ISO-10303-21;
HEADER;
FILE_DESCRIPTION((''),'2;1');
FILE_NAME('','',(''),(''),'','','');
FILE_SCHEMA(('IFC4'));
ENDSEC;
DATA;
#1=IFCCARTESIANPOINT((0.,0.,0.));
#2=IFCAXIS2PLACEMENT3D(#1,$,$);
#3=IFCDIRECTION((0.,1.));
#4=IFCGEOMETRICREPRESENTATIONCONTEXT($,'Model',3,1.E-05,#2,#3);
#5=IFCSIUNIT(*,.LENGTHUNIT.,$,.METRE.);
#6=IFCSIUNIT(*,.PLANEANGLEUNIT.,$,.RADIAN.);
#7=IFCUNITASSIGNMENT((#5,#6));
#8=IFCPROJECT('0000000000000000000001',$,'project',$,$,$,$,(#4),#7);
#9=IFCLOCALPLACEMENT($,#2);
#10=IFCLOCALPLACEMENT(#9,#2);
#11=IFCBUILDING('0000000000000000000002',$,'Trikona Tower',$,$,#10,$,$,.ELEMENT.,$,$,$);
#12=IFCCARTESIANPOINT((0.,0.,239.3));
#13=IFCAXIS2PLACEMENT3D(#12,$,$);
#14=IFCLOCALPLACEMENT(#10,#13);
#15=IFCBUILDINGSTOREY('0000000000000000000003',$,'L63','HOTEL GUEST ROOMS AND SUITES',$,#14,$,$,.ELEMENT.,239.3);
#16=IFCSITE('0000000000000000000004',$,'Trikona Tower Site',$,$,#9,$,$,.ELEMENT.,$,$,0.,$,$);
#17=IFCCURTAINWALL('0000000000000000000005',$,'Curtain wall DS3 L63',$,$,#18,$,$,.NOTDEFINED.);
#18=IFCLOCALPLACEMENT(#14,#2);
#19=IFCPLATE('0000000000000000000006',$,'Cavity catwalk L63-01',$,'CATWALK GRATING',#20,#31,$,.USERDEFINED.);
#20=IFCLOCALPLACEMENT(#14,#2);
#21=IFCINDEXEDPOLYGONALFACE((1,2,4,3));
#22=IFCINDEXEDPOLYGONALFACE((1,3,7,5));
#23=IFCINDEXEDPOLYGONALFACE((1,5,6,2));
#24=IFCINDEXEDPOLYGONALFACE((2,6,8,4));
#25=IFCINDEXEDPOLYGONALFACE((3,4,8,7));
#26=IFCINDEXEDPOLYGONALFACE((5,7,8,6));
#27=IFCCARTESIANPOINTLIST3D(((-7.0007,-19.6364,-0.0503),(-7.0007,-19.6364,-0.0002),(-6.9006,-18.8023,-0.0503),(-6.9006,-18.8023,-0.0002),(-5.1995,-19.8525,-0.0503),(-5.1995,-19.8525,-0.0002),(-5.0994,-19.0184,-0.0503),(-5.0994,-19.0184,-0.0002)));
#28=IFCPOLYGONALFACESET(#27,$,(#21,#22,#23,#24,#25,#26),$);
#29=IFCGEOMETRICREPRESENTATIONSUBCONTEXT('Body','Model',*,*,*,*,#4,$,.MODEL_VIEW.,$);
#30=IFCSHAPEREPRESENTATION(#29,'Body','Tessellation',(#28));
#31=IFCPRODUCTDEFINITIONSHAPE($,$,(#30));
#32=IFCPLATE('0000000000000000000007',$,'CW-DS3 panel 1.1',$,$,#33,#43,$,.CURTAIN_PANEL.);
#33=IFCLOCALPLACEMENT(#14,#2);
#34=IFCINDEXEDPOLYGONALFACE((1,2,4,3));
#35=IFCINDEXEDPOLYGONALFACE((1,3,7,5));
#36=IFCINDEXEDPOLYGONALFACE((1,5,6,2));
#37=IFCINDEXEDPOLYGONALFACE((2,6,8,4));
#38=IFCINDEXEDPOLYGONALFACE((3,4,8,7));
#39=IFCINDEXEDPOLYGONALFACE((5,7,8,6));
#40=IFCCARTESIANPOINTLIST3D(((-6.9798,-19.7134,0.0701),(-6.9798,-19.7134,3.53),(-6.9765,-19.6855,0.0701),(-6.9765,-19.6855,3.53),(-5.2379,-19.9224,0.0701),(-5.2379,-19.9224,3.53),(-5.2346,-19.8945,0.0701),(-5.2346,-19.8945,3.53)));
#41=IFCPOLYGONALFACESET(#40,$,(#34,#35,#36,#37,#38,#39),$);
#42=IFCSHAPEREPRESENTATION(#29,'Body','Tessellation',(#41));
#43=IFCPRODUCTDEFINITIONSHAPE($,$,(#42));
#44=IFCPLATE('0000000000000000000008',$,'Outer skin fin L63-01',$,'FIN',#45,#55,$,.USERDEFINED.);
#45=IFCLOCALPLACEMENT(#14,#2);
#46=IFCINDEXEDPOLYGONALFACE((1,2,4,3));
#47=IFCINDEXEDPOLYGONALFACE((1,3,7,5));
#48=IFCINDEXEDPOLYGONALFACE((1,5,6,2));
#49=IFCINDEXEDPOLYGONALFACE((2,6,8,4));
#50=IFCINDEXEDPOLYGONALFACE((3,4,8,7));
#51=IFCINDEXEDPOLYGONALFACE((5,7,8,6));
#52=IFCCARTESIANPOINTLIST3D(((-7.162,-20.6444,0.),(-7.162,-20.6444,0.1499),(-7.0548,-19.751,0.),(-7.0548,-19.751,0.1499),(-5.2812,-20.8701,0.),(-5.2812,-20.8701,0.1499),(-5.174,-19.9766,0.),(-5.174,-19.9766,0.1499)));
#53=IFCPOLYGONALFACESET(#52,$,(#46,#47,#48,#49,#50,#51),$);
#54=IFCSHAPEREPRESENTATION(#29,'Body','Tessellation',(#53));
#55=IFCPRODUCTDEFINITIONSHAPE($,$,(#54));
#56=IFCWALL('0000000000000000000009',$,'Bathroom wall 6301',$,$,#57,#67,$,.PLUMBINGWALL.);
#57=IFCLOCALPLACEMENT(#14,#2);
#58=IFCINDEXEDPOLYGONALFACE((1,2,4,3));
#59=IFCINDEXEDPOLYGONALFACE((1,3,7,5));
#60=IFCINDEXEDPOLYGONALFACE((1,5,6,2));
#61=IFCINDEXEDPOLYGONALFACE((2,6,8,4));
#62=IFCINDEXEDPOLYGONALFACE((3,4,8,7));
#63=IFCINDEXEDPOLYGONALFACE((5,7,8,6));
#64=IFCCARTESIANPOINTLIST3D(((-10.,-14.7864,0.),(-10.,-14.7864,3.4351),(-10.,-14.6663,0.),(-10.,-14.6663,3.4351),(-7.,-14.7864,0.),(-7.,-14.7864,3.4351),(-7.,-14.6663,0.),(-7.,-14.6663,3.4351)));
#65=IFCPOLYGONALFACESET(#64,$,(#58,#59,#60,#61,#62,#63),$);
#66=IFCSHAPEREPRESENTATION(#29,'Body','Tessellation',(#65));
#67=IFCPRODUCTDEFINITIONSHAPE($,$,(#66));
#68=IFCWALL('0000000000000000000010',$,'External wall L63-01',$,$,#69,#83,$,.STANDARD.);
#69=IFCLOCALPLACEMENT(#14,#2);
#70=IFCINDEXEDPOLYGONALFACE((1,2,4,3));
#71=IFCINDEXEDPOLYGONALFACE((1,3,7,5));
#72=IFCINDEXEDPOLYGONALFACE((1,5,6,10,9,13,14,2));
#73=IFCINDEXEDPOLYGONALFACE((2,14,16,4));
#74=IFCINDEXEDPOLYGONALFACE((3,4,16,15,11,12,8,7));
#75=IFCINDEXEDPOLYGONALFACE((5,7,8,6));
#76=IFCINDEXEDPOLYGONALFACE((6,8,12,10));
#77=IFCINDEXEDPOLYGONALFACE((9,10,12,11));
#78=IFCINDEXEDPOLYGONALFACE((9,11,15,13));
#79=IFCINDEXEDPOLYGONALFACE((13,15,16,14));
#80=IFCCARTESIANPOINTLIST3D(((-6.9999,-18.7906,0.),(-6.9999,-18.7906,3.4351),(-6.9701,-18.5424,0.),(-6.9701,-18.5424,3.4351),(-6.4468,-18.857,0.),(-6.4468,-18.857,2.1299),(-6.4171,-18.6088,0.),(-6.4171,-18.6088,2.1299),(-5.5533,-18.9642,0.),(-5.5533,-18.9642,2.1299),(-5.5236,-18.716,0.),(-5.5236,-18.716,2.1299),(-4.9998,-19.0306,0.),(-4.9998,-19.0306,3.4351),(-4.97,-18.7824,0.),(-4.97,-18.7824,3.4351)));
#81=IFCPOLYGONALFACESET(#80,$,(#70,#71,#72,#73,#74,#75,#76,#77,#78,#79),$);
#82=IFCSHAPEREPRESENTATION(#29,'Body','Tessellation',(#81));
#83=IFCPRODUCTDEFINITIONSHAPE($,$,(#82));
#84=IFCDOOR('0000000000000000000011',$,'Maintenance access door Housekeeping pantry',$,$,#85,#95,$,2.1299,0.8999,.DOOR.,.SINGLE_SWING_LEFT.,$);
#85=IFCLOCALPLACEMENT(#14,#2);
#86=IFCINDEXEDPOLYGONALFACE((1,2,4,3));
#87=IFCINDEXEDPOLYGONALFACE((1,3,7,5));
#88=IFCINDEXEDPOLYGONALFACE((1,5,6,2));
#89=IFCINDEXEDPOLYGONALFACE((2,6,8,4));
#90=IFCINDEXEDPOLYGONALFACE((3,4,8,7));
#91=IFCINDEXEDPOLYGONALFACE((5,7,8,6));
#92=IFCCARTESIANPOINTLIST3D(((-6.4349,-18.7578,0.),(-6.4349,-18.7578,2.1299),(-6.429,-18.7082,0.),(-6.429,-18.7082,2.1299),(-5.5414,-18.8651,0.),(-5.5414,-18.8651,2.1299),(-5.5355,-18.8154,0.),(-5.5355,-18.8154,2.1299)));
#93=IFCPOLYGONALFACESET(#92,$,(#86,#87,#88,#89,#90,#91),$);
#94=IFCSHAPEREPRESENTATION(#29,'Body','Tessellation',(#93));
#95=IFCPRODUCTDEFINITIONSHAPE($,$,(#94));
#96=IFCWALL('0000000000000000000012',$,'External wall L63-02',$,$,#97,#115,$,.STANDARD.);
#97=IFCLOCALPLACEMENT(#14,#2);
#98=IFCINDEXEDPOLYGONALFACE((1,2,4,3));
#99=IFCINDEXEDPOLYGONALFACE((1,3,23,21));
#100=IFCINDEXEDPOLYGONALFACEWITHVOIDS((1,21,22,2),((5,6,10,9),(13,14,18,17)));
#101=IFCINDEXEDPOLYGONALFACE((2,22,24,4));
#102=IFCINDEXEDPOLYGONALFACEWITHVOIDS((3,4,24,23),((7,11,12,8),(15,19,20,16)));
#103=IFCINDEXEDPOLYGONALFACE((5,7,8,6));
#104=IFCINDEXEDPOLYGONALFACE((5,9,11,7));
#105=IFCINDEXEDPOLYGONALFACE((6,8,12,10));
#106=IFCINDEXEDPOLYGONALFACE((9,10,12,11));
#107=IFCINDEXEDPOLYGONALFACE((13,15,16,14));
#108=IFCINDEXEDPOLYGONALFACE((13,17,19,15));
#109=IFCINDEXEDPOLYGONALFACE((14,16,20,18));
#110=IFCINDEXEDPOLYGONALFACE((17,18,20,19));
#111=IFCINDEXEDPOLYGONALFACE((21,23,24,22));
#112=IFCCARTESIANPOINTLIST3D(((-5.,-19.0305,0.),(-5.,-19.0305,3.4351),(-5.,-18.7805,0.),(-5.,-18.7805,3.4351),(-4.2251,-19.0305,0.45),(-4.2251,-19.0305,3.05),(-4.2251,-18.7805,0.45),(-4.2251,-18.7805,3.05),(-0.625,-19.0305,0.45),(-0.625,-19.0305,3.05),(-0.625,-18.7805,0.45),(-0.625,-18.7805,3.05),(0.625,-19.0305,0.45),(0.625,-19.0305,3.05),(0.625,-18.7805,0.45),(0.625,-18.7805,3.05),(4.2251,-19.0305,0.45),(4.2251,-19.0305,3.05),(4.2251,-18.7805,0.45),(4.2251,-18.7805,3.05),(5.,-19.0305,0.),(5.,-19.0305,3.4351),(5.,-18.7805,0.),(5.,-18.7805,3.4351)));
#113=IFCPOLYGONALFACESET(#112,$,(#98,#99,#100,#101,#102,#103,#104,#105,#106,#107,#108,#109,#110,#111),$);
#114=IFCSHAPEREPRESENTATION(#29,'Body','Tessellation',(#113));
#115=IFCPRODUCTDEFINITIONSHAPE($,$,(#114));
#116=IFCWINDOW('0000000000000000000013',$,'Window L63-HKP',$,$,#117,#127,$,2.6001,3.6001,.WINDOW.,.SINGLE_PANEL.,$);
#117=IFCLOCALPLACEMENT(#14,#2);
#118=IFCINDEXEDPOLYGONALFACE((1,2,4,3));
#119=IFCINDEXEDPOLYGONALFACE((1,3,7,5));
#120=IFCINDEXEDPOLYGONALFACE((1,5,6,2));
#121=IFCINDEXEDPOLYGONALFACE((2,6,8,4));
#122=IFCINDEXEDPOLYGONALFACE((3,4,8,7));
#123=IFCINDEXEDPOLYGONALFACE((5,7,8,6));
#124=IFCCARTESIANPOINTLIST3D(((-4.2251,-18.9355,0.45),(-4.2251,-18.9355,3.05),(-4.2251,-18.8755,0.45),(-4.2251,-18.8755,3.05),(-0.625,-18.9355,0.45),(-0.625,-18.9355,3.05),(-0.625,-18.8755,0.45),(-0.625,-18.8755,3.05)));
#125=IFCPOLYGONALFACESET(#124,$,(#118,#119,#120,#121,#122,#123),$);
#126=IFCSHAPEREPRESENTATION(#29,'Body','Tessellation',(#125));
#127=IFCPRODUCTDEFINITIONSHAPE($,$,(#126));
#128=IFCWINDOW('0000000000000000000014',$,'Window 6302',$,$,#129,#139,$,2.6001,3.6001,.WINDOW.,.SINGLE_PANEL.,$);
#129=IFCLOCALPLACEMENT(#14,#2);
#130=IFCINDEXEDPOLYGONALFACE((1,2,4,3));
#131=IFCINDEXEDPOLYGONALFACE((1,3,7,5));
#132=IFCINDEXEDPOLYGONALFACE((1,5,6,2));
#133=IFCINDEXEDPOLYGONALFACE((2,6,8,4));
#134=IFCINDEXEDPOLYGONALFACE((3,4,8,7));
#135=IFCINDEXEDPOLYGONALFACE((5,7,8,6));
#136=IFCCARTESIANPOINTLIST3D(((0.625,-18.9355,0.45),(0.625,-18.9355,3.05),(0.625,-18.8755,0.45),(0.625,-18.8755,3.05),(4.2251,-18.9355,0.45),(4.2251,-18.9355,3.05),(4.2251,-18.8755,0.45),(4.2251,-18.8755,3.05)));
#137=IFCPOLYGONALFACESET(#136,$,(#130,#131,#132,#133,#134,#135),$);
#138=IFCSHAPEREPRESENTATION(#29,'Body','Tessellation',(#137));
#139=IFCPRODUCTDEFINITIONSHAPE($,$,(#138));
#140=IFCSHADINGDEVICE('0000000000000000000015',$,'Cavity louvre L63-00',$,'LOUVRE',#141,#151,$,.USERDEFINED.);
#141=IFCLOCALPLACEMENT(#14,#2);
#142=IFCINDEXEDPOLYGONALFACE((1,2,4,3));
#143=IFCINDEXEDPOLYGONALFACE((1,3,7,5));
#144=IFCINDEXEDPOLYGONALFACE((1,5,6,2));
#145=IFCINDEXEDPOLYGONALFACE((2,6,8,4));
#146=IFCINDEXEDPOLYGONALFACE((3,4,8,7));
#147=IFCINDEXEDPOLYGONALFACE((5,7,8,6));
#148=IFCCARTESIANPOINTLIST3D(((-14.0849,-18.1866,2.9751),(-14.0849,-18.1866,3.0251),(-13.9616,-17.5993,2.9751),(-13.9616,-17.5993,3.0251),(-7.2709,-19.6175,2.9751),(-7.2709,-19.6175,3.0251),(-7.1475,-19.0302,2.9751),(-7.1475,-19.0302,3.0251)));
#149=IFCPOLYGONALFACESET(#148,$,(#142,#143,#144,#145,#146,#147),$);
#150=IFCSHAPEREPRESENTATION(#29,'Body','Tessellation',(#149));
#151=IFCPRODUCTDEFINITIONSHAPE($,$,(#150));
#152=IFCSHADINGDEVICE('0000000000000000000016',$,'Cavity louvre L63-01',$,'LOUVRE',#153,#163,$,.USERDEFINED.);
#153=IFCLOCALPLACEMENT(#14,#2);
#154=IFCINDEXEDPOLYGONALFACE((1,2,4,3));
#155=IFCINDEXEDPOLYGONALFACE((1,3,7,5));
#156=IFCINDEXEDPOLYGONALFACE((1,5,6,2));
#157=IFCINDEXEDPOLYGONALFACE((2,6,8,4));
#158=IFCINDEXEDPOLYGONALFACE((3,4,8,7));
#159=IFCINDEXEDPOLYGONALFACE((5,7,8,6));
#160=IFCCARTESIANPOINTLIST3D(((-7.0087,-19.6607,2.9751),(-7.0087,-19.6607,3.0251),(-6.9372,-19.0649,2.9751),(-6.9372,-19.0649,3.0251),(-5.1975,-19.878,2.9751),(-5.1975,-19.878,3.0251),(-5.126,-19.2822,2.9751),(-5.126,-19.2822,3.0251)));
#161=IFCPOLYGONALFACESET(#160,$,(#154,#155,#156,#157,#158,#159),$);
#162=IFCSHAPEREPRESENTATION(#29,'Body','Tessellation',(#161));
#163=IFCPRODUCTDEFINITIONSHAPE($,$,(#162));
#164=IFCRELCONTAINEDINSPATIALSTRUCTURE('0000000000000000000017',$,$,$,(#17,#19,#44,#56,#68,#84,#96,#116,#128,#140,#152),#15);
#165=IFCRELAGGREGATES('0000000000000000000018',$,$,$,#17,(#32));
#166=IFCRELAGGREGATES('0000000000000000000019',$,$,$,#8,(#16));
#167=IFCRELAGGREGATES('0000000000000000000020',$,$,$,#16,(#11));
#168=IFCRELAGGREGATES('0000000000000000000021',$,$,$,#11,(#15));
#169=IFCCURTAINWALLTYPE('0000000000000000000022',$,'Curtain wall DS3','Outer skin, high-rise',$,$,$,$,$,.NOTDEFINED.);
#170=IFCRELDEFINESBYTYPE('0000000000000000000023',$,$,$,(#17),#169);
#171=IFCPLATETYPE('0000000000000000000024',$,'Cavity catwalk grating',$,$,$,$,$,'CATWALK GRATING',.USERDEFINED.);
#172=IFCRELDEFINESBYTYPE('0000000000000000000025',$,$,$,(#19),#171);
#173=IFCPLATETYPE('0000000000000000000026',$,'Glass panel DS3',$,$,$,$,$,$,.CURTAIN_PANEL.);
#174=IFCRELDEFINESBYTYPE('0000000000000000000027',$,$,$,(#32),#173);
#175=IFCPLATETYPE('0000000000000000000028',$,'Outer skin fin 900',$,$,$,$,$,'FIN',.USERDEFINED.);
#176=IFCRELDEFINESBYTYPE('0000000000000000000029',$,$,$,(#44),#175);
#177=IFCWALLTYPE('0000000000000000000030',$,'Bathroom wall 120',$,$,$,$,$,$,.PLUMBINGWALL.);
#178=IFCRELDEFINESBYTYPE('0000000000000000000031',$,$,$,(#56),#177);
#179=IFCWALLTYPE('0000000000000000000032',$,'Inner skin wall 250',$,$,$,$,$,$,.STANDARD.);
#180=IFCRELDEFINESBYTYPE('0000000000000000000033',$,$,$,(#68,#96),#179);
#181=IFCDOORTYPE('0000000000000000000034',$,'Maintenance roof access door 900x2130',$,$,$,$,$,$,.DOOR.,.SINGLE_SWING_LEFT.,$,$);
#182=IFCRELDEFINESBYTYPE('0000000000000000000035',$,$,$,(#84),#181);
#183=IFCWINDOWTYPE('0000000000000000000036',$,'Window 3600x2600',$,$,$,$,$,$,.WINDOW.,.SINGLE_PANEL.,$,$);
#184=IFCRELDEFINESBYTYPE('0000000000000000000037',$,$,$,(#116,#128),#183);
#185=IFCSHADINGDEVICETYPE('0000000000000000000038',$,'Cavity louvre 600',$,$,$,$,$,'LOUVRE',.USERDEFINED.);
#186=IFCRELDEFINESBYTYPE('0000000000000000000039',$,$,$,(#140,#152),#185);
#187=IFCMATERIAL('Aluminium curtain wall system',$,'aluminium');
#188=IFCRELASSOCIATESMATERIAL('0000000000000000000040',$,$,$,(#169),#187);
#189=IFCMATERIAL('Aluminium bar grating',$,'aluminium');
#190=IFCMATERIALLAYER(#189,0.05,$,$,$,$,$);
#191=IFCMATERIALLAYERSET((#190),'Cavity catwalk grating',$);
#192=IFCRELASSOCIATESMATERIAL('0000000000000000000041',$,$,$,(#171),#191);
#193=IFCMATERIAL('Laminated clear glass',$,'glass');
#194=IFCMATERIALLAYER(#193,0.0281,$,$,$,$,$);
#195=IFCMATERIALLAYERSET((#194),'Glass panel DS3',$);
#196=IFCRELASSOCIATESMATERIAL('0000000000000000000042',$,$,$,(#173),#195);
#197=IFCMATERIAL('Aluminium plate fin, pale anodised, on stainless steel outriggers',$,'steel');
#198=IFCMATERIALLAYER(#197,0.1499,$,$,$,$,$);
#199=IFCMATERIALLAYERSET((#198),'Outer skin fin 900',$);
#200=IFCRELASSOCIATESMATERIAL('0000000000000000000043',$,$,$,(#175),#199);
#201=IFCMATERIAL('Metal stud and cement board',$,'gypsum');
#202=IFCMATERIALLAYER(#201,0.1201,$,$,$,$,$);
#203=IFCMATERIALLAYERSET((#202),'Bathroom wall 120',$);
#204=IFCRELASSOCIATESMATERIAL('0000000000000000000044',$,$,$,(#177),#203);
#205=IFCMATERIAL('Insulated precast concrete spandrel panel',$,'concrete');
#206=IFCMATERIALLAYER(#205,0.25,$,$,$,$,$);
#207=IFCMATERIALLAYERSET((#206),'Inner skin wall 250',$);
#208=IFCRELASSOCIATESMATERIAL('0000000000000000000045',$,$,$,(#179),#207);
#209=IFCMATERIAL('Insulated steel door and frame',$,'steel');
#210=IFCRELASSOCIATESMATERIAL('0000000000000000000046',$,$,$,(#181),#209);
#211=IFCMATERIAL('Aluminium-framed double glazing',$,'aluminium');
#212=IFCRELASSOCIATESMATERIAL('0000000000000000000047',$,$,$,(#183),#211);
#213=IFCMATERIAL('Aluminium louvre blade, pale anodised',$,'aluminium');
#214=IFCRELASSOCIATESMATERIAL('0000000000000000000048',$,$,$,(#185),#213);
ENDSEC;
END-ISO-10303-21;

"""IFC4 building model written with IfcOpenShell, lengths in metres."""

from ifc_helpers import new_model, si_unit, direction, frame, frame_2d, origin, origin_2d, place, context, subcontext, project, spatial, rectangle, extrude, material, layer, layer_set, type_object, element, fill, aggregate, save


model = new_model("IFC4")

# Units and contexts
model_context = context("Model", 3, precision=1e-05, world=origin(), true_north=direction((0.0, 1.0)))
body_context = subcontext(model_context, "Body", "Model", "MODEL_VIEW")
ifc_project = project(units=[si_unit("LENGTHUNIT", "METRE"), si_unit("PLANEANGLEUNIT", "RADIAN")], contexts=[model_context])

# Site, building, storey
site_placement = place(None, origin())
site = spatial("IfcSite", under=ifc_project, at=site_placement, Name="Trikona Tower Site", CompositionType="ELEMENT", RefElevation=0.0)
building_placement = place(site_placement, origin())
building = spatial("IfcBuilding", under=site, at=building_placement, Name="Trikona Tower", CompositionType="ELEMENT")
storey_placement = place(building_placement, frame((0.0, 0.0, 239.3)))
storey = spatial("IfcBuildingStorey", under=building, at=storey_placement, Name="L63", Description="HOTEL GUEST ROOMS AND SUITES", CompositionType="ELEMENT", Elevation=239.3)

# Shared definitions
ifc_material_1 = material(Name="Aluminium curtain wall system", Category="aluminium")
curtain_wall_type = type_object("IfcCurtainWallType", Name="Curtain wall DS3", Description="Outer skin, high-rise", PredefinedType="NOTDEFINED", material=ifc_material_1)

# Curtain wall
curtain_wall_1_placement = place(storey_placement, origin())
curtain_wall_1 = element("IfcCurtainWall", 1, at=curtain_wall_1_placement, inside=storey, type_object=curtain_wall_type, Name="Curtain wall DS3 L63", PredefinedType="NOTDEFINED")

# Plate
ifc_material_2 = material(Name="Aluminium bar grating", Category="aluminium")
ifc_layer_1 = layer(ifc_material_2, 0.05)
ifc_layer_set_1 = layer_set([ifc_layer_1], Name="Cavity catwalk grating")
plate_type_1 = type_object("IfcPlateType", Name="Cavity catwalk grating", ElementType="CATWALK GRATING", PredefinedType="USERDEFINED", material=ifc_layer_set_1)
plate_1_placement = place(storey_placement, frame((-6.05, -19.3274, -0.0503), z_axis=(0.0, 0.0, 1.0), x_axis=(0.992877, -0.119146, 0.0)))
element("IfcPlate", 2, at=plate_1_placement, inside=storey, type_object=plate_type_1, Name="Cavity catwalk L63-01", ObjectType="CATWALK GRATING", PredefinedType="USERDEFINED", context=body_context, shape_type="SweptSolid", body=[
    extrude(rectangle(XDim=1.8142, YDim=0.8401, at=origin_2d()), origin(), (0.0, 0.0, 1.0), 0.05),
])

# Plates
ifc_material_3 = material(Name="Laminated clear glass", Category="glass")
ifc_layer_2 = layer(ifc_material_3, 0.0281)
ifc_layer_set_2 = layer_set([ifc_layer_2], Name="Glass panel DS3")
plate_type_2 = type_object("IfcPlateType", Name="Glass panel DS3", PredefinedType="CURTAIN_PANEL", material=ifc_layer_set_2)
plate_2_placement = place(storey_placement, frame((-6.1072, -19.804, 0.0701), z_axis=(0.0, 0.0, 1.0), x_axis=(0.992877, -0.119141, 0.0)))
plate_2 = element("IfcPlate", 3, at=plate_2_placement, type_object=plate_type_2, Name="CW-DS3 panel 1.1", PredefinedType="CURTAIN_PANEL", context=body_context, shape_type="SweptSolid", body=[
    extrude(rectangle(XDim=1.7544, YDim=0.0281, at=origin_2d()), origin(), (0.0, 0.0, 1.0), 3.46),
])
aggregate(curtain_wall_1, [plate_2])
ifc_material_4 = material(Name="Aluminium plate fin, pale anodised, on stainless steel outriggers", Category="steel")
ifc_layer_3 = layer(ifc_material_4, 0.1499)
ifc_layer_set_3 = layer_set([ifc_layer_3], Name="Outer skin fin 900")
plate_type_3 = type_object("IfcPlateType", Name="Outer skin fin 900", ElementType="FIN", PredefinedType="USERDEFINED", material=ifc_layer_set_3)
plate_3_placement = place(storey_placement, frame((-6.168, -20.3105, 0.0), z_axis=(0.0, 0.0, 1.0), x_axis=(0.992877, -0.119146, 0.0)))
element("IfcPlate", 4, at=plate_3_placement, inside=storey, type_object=plate_type_3, Name="Outer skin fin L63-01", ObjectType="FIN", PredefinedType="USERDEFINED", context=body_context, shape_type="SweptSolid", body=[
    extrude(rectangle(XDim=1.8943, YDim=0.8999, at=origin_2d()), origin(), (0.0, 0.0, 1.0), 0.1499),
])

# Wall
ifc_material_5 = material(Name="Metal stud and cement board", Category="gypsum")
ifc_layer_4 = layer(ifc_material_5, 0.1201)
ifc_layer_set_4 = layer_set([ifc_layer_4], Name="Bathroom wall 120")
wall_type_1 = type_object("IfcWallType", Name="Bathroom wall 120", PredefinedType="PLUMBINGWALL", material=ifc_layer_set_4)
wall_1_placement = place(storey_placement, frame((-10.0, -14.7263, 0.0), z_axis=(0.0, 0.0, 1.0), x_axis=(1.0, 0.0, 0.0)))
element("IfcWall", 5, at=wall_1_placement, inside=storey, type_object=wall_type_1, Name="Bathroom wall 6301", PredefinedType="PLUMBINGWALL", context=body_context, shape_type="SweptSolid", body=[
    extrude(rectangle(XDim=3.0, YDim=0.1201, at=frame_2d((1.5, 0.0))), origin(), (0.0, 0.0, 1.0), 3.4351),
])

# Wall, opening, door
ifc_material_6 = material(Name="Insulated precast concrete spandrel panel", Category="concrete")
ifc_layer_5 = layer(ifc_material_6, 0.25)
ifc_layer_set_5 = layer_set([ifc_layer_5], Name="Inner skin wall 250")
wall_type_2 = type_object("IfcWallType", Name="Inner skin wall 250", PredefinedType="STANDARD", material=ifc_layer_set_5)
wall_2_placement = place(storey_placement, frame((-6.9851, -18.6665, 0.0), z_axis=(0.0, 0.0, 1.0), x_axis=(0.992877, -0.11914, 0.0)))
wall_2 = element("IfcWall", 6, at=wall_2_placement, inside=storey, type_object=wall_type_2, Name="External wall L63-01", PredefinedType="STANDARD", context=body_context, shape_type="SweptSolid", body=[
    extrude(rectangle(XDim=2.0144, YDim=0.25, at=frame_2d((1.0073, 0.0))), origin(), (0.0, 0.0, 1.0), 3.4351),
])
opening_1_placement = place(wall_2_placement, frame((0.5571, 0.0, 0.0)))
opening_1 = element("IfcOpeningElement", 7, at=opening_1_placement, cuts=wall_2, PredefinedType="OPENING", context=body_context, shape_type="SweptSolid", body=[
    extrude(rectangle(XDim=0.8999, YDim=2.1299, at=frame_2d((0.45, 1.0649))), frame((0.0, 0.135, 0.0), z_axis=(0.0, -1.0, 0.0), x_axis=(1.0, 0.0, 0.0)), (0.0, 0.0, 1.0), 0.27),
])
ifc_material_7 = material(Name="Insulated steel door and frame", Category="steel")
door_type = type_object("IfcDoorType", Name="Maintenance roof access door 900x2130", OperationType="SINGLE_SWING_LEFT", PredefinedType="DOOR", material=ifc_material_7)
door_placement = place(opening_1_placement, origin())
door = element("IfcDoor", 8, at=door_placement, inside=storey, type_object=door_type, Name="Maintenance access door Housekeeping pantry", OperationType="SINGLE_SWING_LEFT", OverallHeight=2.1299, OverallWidth=0.8999, PredefinedType="DOOR", context=body_context, shape_type="SweptSolid", body=[
    extrude(rectangle(XDim=0.8999, YDim=2.1299, at=frame_2d((0.45, 1.0649))), frame((0.0, 0.0249, 0.0), z_axis=(0.0, -1.0, 0.0), x_axis=(1.0, 0.0, 0.0)), (0.0, 0.0, 1.0), 0.05),
])
fill(opening_1, door)

# Wall, openings, windows
wall_3_placement = place(storey_placement, frame((-5.0, -18.9055, 0.0), z_axis=(0.0, 0.0, 1.0), x_axis=(1.0, 0.0, 0.0)))
wall_3 = element("IfcWall", 9, at=wall_3_placement, inside=storey, type_object=wall_type_2, Name="External wall L63-02", PredefinedType="STANDARD", context=body_context, shape_type="SweptSolid", body=[
    extrude(rectangle(XDim=10.0, YDim=0.25, at=frame_2d((5.0, 0.0))), origin(), (0.0, 0.0, 1.0), 3.4351),
])
opening_2_placement = place(wall_3_placement, frame((0.7749, 0.0, 0.45)))
opening_2 = element("IfcOpeningElement", 10, at=opening_2_placement, cuts=wall_3, PredefinedType="OPENING", context=body_context, shape_type="SweptSolid", body=[
    extrude(rectangle(XDim=3.6001, YDim=2.6001, at=frame_2d((1.8, 1.3))), frame((0.0, 0.135, 0.0), z_axis=(0.0, -1.0, 0.0), x_axis=(1.0, 0.0, 0.0)), (0.0, 0.0, 1.0), 0.27),
])
opening_3_placement = place(wall_3_placement, frame((5.625, 0.0, 0.45)))
opening_3 = element("IfcOpeningElement", 11, at=opening_3_placement, cuts=wall_3, PredefinedType="OPENING", context=body_context, shape_type="SweptSolid", body=[
    extrude(rectangle(XDim=3.6001, YDim=2.6001, at=frame_2d((1.8, 1.3))), frame((0.0, 0.135, 0.0), z_axis=(0.0, -1.0, 0.0), x_axis=(1.0, 0.0, 0.0)), (0.0, 0.0, 1.0), 0.27),
])
ifc_material_8 = material(Name="Aluminium-framed double glazing", Category="aluminium")
window_type = type_object("IfcWindowType", Name="Window 3600x2600", PartitioningType="SINGLE_PANEL", PredefinedType="WINDOW", material=ifc_material_8)
window_1_placement = place(opening_2_placement, origin())
window_1 = element("IfcWindow", 12, at=window_1_placement, inside=storey, type_object=window_type, Name="Window L63-HKP", OverallHeight=2.6001, OverallWidth=3.6001, PartitioningType="SINGLE_PANEL", PredefinedType="WINDOW", context=body_context, shape_type="SweptSolid", body=[
    extrude(rectangle(XDim=3.6001, YDim=2.6001, at=frame_2d((1.8, 1.3))), frame((0.0, 0.03, 0.0), z_axis=(0.0, -1.0, 0.0), x_axis=(1.0, 0.0, 0.0)), (0.0, 0.0, 1.0), 0.0601),
])
fill(opening_2, window_1)
window_2_placement = place(opening_3_placement, origin())
window_2 = element("IfcWindow", 13, at=window_2_placement, inside=storey, type_object=window_type, Name="Window 6302", OverallHeight=2.6001, OverallWidth=3.6001, PartitioningType="SINGLE_PANEL", PredefinedType="WINDOW", context=body_context, shape_type="SweptSolid", body=[
    extrude(rectangle(XDim=3.6001, YDim=2.6001, at=frame_2d((1.8, 1.3))), frame((0.0, 0.03, 0.0), z_axis=(0.0, -1.0, 0.0), x_axis=(1.0, 0.0, 0.0)), (0.0, 0.0, 1.0), 0.0601),
])
fill(opening_3, window_2)

# Shading devices
ifc_material_9 = material(Name="Aluminium louvre blade, pale anodised", Category="aluminium")
shading_device_type = type_object("IfcShadingDeviceType", Name="Cavity louvre 600", ElementType="LOUVRE", PredefinedType="USERDEFINED", material=ifc_material_9)
shading_device_1_placement = place(storey_placement, frame((-10.6162, -18.6084, 2.9751), z_axis=(0.0, 0.0, 1.0), x_axis=(0.978653, -0.205518, 0.0)))
element("IfcShadingDevice", 14, at=shading_device_1_placement, inside=storey, type_object=shading_device_type, Name="Cavity louvre L63-00", ObjectType="LOUVRE", PredefinedType="USERDEFINED", context=body_context, shape_type="SweptSolid", body=[
    extrude(rectangle(XDim=6.9626, YDim=0.6001, at=origin_2d()), origin(), (0.0, 0.0, 1.0), 0.05),
])
shading_device_2_placement = place(storey_placement, frame((-6.0674, -19.4714, 2.9751), z_axis=(0.0, 0.0, 1.0), x_axis=(0.992877, -0.119146, 0.0)))
element("IfcShadingDevice", 15, at=shading_device_2_placement, inside=storey, type_object=shading_device_type, Name="Cavity louvre L63-01", ObjectType="LOUVRE", PredefinedType="USERDEFINED", context=body_context, shape_type="SweptSolid", body=[
    extrude(rectangle(XDim=1.8242, YDim=0.6001, at=origin_2d()), origin(), (0.0, 0.0, 1.0), 0.05),
])

save(model, "model.ifc")
